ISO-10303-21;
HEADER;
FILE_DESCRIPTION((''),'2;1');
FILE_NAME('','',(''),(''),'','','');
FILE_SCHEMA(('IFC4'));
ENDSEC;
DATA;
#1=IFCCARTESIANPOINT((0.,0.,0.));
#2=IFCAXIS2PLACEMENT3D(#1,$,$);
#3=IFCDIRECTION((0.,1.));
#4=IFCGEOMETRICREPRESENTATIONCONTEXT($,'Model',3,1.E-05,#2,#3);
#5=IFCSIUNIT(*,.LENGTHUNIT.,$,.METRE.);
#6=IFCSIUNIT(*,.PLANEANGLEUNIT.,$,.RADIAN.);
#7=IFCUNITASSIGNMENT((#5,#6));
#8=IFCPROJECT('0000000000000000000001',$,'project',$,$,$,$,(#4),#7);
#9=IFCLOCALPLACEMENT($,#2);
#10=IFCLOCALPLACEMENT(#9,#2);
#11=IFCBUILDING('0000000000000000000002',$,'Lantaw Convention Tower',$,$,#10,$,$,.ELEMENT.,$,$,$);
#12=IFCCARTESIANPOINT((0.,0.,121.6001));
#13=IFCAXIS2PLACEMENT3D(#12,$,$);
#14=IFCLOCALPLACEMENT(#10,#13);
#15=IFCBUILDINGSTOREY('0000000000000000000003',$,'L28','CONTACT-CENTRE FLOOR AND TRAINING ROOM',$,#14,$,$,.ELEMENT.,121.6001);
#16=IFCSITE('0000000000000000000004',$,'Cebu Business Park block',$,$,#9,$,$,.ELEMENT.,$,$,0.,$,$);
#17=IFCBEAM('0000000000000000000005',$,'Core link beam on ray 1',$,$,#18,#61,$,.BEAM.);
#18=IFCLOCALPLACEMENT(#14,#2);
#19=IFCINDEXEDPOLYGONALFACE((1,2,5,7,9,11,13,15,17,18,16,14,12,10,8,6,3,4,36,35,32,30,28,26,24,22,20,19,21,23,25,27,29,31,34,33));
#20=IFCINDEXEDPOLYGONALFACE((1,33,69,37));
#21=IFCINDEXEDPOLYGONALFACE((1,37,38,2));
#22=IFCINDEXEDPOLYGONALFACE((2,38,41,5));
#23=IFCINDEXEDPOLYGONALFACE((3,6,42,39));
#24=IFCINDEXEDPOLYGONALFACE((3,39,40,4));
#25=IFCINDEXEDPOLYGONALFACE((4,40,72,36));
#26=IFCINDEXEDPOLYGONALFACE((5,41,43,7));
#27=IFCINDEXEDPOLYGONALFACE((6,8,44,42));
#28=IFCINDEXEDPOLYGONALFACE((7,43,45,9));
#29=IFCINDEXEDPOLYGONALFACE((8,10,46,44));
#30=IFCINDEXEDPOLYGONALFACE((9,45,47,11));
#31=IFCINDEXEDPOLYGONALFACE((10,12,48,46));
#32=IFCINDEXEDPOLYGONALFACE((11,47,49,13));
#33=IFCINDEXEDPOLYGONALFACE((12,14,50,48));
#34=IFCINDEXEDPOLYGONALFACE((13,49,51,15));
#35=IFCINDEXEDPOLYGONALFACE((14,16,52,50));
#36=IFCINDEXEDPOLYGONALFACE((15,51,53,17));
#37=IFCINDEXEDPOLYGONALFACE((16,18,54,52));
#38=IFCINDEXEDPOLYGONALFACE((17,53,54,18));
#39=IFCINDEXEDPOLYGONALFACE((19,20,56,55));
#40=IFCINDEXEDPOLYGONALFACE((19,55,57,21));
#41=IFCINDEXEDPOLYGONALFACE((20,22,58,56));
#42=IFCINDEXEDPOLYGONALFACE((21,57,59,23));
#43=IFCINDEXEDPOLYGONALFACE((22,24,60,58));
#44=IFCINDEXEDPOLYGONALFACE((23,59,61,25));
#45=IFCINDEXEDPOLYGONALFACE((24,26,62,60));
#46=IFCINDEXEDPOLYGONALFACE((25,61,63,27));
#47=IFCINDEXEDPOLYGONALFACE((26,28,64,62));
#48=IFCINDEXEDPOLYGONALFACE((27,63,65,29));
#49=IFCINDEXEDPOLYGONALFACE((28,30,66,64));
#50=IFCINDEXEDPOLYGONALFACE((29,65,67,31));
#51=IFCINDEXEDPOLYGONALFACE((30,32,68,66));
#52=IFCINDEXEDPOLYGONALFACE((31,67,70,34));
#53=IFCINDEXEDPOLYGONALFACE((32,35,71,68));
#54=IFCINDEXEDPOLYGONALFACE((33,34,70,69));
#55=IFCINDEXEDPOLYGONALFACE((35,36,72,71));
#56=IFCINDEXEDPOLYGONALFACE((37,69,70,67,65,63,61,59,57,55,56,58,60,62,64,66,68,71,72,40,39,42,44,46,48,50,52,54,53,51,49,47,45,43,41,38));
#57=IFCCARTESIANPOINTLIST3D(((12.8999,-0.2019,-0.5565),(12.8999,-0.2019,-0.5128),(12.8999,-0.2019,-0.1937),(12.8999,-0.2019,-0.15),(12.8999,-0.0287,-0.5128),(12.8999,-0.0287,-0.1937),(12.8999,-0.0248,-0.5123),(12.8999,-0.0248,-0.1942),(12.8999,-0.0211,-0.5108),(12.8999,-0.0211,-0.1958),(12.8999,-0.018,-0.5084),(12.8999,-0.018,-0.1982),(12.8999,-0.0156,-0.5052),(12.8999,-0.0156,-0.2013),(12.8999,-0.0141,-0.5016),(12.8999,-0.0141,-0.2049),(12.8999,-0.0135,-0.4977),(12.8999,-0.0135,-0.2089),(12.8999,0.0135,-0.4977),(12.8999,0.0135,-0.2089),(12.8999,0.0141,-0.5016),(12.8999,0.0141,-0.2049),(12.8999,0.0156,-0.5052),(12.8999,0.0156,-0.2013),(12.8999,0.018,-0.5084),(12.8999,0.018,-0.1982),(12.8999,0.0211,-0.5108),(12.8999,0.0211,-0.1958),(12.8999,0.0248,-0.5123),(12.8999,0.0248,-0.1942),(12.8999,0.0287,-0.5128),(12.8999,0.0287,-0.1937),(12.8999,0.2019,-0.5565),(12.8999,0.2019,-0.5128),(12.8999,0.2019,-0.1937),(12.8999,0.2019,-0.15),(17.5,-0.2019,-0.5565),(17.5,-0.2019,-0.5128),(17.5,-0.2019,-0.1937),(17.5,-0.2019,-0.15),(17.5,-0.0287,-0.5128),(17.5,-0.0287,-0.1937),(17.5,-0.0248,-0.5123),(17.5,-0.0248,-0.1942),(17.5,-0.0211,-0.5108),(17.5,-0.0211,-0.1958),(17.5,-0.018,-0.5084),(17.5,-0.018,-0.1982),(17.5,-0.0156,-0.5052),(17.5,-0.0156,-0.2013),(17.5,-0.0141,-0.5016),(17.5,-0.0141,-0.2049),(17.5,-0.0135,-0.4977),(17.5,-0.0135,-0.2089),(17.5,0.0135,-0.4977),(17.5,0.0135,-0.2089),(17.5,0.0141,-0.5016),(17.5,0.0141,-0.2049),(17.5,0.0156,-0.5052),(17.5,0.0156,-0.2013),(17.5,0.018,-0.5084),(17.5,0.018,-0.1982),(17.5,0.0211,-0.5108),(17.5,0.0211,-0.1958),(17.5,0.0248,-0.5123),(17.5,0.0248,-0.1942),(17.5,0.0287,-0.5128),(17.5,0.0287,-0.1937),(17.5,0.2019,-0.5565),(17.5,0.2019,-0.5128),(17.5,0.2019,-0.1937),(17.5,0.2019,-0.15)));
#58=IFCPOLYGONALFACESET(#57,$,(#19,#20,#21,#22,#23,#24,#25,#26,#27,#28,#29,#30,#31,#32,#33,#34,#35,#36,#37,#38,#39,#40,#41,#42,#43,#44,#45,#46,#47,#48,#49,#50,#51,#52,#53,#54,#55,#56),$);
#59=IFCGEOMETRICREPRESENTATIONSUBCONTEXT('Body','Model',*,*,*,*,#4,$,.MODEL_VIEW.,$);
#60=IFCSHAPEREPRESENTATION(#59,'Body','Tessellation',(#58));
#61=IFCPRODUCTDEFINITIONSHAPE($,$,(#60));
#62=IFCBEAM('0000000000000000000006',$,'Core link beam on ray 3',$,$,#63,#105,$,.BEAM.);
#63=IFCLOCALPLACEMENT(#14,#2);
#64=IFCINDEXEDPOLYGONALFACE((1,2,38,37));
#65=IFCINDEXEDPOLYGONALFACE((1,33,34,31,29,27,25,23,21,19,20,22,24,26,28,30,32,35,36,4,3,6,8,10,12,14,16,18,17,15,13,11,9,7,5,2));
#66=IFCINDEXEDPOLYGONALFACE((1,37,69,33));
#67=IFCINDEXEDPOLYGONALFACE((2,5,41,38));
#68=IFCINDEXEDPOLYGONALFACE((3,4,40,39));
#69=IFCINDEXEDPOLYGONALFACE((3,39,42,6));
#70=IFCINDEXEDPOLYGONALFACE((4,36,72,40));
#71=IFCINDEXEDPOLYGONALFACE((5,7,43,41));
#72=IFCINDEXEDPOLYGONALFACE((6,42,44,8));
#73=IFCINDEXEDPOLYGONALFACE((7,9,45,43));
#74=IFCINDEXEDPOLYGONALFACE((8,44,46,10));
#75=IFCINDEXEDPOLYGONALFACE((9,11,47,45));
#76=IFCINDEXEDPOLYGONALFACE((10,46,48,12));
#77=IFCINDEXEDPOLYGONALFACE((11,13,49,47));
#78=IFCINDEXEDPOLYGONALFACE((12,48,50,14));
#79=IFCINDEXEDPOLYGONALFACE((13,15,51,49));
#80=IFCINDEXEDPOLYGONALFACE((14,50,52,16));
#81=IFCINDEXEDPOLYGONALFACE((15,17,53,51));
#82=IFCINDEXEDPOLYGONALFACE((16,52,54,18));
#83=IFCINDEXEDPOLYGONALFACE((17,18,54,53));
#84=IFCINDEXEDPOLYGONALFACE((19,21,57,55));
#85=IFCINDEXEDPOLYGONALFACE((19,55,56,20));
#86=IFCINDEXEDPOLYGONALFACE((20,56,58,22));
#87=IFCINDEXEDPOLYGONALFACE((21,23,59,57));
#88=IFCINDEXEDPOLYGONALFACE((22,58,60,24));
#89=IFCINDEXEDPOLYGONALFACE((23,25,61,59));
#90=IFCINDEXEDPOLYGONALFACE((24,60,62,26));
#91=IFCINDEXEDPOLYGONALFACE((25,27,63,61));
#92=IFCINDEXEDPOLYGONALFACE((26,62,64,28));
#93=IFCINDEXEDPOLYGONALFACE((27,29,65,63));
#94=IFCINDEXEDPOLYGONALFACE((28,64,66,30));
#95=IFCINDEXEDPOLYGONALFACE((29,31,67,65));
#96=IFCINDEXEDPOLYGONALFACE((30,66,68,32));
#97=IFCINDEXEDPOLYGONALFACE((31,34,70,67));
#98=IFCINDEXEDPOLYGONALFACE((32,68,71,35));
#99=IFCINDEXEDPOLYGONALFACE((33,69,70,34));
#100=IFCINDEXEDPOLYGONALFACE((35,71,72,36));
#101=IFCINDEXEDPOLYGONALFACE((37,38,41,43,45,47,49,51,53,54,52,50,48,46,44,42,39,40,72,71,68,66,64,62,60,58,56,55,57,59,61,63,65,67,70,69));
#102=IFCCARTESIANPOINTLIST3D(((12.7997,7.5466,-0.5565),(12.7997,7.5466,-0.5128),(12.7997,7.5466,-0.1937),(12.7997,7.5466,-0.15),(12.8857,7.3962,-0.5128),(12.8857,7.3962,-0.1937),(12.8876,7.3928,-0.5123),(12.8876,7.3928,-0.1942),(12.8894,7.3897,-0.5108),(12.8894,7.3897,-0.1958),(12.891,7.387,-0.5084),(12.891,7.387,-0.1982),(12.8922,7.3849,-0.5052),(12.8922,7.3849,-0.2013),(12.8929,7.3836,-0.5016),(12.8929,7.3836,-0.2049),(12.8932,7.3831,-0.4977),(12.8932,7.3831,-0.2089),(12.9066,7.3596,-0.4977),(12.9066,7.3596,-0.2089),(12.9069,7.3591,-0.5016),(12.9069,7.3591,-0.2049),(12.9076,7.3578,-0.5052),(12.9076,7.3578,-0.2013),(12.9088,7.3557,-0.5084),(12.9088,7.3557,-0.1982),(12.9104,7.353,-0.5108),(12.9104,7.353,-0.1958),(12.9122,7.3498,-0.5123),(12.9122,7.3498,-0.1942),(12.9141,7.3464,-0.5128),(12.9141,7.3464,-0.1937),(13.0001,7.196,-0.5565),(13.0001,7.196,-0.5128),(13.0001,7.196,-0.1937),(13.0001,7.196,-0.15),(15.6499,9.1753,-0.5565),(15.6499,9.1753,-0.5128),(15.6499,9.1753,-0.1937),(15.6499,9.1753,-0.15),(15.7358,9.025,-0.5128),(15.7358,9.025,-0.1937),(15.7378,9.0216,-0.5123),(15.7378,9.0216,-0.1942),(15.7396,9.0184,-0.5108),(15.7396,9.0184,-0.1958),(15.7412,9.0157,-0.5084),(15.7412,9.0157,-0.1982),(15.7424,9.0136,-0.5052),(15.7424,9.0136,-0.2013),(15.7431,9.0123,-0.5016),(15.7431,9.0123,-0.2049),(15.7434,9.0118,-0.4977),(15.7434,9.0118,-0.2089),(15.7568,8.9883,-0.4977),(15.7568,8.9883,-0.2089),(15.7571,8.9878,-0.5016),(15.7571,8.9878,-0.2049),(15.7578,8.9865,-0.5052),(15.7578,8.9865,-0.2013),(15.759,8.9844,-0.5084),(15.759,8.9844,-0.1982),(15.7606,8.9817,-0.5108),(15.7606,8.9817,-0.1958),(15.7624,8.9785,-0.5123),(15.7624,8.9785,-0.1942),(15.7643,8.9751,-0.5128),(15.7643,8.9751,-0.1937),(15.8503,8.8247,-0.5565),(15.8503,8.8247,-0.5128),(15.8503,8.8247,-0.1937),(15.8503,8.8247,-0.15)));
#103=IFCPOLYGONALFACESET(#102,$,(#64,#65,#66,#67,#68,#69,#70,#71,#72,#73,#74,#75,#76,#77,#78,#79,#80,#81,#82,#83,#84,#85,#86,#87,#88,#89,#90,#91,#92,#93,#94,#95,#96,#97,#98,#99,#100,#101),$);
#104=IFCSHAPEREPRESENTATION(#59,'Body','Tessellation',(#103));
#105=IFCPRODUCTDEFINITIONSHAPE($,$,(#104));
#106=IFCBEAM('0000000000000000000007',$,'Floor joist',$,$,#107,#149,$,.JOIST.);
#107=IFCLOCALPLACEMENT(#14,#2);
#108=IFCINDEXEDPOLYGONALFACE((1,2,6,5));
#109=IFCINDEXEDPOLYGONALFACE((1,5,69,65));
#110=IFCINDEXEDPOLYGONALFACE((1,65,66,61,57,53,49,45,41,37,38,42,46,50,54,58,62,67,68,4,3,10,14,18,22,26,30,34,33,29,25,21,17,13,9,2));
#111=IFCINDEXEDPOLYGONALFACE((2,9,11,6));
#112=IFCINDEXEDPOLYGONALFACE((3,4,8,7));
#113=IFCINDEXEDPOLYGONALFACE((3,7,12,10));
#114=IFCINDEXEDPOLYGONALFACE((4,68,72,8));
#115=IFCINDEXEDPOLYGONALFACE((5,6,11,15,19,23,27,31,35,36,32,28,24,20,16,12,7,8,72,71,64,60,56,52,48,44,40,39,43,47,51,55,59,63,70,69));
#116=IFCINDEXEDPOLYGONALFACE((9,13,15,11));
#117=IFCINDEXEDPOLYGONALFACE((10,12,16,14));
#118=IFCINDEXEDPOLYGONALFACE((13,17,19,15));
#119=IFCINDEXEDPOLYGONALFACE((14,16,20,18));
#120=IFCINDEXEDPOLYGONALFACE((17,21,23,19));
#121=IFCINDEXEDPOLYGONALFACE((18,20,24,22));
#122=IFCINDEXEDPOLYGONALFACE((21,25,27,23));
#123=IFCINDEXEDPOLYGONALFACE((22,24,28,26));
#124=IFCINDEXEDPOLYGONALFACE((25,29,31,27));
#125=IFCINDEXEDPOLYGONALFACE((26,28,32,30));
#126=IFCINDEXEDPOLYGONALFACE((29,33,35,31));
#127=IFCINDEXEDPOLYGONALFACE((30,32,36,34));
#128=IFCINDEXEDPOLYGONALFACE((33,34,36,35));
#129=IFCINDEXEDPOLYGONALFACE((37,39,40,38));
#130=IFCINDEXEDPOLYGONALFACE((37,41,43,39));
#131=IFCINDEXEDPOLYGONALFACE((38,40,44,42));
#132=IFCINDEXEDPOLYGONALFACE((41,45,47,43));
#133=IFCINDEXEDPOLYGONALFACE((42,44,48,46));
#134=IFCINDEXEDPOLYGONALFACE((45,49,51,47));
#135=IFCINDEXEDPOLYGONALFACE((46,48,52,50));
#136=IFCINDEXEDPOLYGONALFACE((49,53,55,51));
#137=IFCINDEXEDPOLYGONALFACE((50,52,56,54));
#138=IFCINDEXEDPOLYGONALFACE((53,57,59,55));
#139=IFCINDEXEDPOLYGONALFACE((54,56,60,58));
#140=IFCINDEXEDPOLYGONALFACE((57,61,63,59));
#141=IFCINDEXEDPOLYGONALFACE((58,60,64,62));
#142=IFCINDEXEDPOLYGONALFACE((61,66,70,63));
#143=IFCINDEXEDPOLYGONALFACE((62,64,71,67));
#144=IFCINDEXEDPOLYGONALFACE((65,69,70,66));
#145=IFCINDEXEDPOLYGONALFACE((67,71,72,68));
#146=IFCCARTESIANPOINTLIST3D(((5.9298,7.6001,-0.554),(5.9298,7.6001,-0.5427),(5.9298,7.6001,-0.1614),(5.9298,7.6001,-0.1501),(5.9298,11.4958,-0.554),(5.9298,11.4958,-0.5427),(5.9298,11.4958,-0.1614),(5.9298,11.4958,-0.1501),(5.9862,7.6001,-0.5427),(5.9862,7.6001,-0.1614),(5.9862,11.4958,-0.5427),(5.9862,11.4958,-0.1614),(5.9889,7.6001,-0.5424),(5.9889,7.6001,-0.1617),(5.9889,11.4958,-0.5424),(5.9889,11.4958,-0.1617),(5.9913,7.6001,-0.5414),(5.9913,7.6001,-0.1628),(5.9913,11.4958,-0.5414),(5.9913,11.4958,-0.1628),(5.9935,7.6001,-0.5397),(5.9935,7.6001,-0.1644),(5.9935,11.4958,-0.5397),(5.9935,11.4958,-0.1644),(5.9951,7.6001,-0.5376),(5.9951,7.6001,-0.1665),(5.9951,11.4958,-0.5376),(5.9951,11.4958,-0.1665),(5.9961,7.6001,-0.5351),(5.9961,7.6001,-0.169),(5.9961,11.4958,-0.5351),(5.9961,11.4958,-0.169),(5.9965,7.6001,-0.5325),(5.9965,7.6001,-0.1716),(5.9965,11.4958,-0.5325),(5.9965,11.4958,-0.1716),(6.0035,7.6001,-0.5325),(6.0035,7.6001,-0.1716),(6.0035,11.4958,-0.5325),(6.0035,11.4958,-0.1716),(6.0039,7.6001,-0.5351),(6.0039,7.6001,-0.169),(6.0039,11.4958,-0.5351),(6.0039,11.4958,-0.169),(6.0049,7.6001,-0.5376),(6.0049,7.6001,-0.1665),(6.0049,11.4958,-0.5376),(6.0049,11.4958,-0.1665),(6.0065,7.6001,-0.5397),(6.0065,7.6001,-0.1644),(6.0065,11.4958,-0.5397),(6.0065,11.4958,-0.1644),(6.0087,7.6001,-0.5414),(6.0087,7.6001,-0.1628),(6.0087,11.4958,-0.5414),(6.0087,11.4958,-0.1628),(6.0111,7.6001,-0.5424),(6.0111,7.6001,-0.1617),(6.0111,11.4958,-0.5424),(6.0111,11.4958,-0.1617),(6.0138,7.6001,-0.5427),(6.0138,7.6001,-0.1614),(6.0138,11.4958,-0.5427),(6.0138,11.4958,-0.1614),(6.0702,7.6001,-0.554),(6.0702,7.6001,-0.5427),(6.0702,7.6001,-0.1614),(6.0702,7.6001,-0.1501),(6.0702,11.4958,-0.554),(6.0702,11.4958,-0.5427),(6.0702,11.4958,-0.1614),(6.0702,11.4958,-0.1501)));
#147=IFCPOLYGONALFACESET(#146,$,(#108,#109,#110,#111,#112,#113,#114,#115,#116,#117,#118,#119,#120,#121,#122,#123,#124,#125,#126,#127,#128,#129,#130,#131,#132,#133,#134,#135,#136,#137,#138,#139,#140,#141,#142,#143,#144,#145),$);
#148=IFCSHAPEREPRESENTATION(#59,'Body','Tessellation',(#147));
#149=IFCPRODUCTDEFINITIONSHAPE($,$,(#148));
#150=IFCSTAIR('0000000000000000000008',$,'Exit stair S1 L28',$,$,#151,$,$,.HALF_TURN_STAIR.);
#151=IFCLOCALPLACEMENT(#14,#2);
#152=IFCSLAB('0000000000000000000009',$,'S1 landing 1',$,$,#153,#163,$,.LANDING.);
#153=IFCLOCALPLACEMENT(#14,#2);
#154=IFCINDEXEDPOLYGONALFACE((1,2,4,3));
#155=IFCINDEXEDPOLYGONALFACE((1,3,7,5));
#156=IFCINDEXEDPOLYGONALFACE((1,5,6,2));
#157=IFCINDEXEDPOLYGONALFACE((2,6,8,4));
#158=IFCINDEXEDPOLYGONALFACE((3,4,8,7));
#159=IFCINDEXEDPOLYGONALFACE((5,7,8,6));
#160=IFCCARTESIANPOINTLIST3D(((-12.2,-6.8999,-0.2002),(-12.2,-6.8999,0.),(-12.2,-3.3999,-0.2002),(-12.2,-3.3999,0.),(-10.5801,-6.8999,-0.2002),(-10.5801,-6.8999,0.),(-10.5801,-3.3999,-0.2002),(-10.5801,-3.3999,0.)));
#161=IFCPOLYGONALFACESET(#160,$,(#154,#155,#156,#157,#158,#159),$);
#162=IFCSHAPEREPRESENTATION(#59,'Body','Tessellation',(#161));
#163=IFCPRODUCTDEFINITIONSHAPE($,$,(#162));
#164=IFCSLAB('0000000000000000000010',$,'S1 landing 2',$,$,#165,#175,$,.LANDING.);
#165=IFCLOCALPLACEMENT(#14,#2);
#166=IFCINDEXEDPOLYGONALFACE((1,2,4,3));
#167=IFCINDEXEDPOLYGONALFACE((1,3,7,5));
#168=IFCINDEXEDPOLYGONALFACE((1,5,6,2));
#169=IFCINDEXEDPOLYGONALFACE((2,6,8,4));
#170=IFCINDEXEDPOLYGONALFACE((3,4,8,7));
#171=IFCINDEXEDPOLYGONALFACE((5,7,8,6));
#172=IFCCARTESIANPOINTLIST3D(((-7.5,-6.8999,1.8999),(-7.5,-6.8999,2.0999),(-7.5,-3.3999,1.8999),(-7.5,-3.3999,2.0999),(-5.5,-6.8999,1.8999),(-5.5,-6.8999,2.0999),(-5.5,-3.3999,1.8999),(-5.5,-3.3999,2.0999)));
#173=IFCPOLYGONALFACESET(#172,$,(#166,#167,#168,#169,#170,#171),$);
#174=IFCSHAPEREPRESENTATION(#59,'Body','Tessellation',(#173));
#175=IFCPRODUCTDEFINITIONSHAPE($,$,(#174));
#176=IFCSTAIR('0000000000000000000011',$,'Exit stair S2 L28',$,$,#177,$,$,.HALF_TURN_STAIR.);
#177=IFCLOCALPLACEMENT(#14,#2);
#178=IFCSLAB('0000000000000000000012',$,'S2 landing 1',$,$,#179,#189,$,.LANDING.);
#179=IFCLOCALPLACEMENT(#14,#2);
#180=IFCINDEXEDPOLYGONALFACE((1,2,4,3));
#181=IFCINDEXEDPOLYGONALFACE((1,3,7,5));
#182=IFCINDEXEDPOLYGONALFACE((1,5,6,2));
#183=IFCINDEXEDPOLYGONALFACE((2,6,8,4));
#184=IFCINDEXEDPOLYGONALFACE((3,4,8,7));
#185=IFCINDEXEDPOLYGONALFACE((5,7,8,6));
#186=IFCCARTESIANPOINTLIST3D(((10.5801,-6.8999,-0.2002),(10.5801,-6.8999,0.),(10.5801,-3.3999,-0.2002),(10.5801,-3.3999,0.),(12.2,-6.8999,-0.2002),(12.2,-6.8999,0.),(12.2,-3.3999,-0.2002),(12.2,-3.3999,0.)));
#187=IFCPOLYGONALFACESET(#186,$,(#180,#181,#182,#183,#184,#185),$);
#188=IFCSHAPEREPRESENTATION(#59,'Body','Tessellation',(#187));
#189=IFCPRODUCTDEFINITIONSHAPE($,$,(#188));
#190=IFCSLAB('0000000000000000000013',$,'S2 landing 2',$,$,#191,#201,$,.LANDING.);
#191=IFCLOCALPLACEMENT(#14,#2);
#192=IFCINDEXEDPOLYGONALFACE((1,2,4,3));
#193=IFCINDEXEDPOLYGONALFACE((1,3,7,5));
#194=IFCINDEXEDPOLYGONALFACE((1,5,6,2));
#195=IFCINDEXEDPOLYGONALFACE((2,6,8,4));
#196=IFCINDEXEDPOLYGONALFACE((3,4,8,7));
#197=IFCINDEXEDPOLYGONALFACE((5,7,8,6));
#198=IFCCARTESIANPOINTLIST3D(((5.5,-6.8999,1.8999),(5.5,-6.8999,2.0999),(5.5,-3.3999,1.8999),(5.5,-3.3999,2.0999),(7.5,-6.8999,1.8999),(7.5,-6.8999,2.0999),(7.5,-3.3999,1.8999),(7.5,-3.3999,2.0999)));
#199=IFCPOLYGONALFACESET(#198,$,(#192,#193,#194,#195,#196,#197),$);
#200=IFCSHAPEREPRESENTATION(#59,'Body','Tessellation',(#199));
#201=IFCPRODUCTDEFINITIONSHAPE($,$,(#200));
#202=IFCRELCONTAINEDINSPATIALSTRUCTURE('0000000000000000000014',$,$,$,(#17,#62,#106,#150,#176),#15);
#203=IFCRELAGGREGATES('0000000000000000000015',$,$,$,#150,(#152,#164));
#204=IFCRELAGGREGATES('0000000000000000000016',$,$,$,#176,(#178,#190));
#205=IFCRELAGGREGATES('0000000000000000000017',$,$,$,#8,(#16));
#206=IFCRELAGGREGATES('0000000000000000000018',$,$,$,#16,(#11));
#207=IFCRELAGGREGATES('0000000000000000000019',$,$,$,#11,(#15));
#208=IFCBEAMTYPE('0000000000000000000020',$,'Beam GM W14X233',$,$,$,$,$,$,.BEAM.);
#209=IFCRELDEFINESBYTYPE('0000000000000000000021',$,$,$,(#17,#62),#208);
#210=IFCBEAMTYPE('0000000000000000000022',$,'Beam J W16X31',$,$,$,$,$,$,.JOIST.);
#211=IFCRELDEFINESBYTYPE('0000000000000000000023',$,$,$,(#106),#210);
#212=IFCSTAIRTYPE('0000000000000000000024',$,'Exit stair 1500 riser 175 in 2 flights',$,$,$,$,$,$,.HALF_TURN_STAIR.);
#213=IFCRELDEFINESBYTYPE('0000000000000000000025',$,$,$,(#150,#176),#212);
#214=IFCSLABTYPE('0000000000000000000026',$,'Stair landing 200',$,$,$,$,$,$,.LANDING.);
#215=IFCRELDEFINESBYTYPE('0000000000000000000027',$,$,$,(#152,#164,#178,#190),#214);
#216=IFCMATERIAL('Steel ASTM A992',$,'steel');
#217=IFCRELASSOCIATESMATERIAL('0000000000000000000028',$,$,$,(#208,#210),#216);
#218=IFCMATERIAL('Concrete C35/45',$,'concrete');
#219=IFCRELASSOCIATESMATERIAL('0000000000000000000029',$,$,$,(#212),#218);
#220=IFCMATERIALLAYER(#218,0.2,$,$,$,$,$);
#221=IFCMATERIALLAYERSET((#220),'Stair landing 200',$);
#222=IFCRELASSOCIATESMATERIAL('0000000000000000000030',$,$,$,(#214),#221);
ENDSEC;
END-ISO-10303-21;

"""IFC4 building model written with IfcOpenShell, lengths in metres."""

from ifc_helpers import new_model, si_unit, direction, frame, origin, origin_2d, place, context, subcontext, project, spatial, polyline, i_section, outline, extrude, material, layer, layer_set, material_profile, profile_set, type_object, element, aggregate, save


model = new_model("IFC4")

# Units and contexts
model_context = context("Model", 3, precision=1e-05, world=origin(), true_north=direction((0.0, 1.0)))
body_context = subcontext(model_context, "Body", "Model", "MODEL_VIEW")
ifc_project = project(units=[si_unit("LENGTHUNIT", "METRE"), si_unit("PLANEANGLEUNIT", "RADIAN")], contexts=[model_context])

# Site, building, storey
site_placement = place(None, origin())
site = spatial("IfcSite", under=ifc_project, at=site_placement, Name="Cebu Business Park block", CompositionType="ELEMENT", RefElevation=0.0)
building_placement = place(site_placement, origin())
building = spatial("IfcBuilding", under=site, at=building_placement, Name="Lantaw Convention Tower", CompositionType="ELEMENT")
storey_placement = place(building_placement, frame((0.0, 0.0, 121.6001)))
storey = spatial("IfcBuildingStorey", under=building, at=storey_placement, Name="L28", Description="CONTACT-CENTRE FLOOR AND TRAINING ROOM", CompositionType="ELEMENT", Elevation=121.6001)

# Beams
ifc_material_1 = material(Name="Steel ASTM A992", Category="steel")
ifc_material_profile_1 = material_profile(ifc_material_1, i_section(OverallWidth=0.4038, OverallDepth=0.4065, WebThickness=0.0271, FlangeThickness=0.0437, FilletRadius=0.0151, at=origin_2d()), Name="W14X233")
ifc_profile_set_1 = profile_set([ifc_material_profile_1], Name="Steel ASTM A992")
beam_type_1 = type_object("IfcBeamType", Name="Beam GM W14X233", PredefinedType="BEAM", material=ifc_profile_set_1)
beam_1_placement = place(storey_placement, frame((12.8999, 0.0, -0.3533), z_axis=(1.0, 0.0, 0.0), x_axis=(0.0, 1.0, 0.0)))
element("IfcBeam", 1, at=beam_1_placement, inside=storey, type_object=beam_type_1, Name="Core link beam on ray 1", PredefinedType="BEAM", context=body_context, shape_type="SweptSolid", body=[
    extrude(i_section(OverallWidth=0.4038, OverallDepth=0.4065, WebThickness=0.0271, FlangeThickness=0.0437, FilletRadius=0.0151, at=origin_2d()), origin(), (0.0, 0.0, 1.0), 4.6001),
])
beam_2_placement = place(storey_placement, frame((12.8999, 7.3713, -0.3533), z_axis=(0.868239, 0.496147, 0.0), x_axis=(-0.496147, 0.868239, 0.0)))
element("IfcBeam", 2, at=beam_2_placement, inside=storey, type_object=beam_type_1, Name="Core link beam on ray 3", PredefinedType="BEAM", context=body_context, shape_type="SweptSolid", body=[
    extrude(i_section(OverallWidth=0.4038, OverallDepth=0.4065, WebThickness=0.0271, FlangeThickness=0.0437, FilletRadius=0.0151, at=origin_2d()), origin(), (0.0, 0.0, 1.0), 3.2827),
])
ifc_material_profile_2 = material_profile(ifc_material_1, i_section(OverallWidth=0.1404, OverallDepth=0.4038, WebThickness=0.0071, FlangeThickness=0.0112, FilletRadius=0.0103, at=origin_2d()), Name="W16X31")
ifc_profile_set_2 = profile_set([ifc_material_profile_2], Name="Steel ASTM A992")
beam_type_2 = type_object("IfcBeamType", Name="Beam J W16X31", PredefinedType="JOIST", material=ifc_profile_set_2)
beam_3_placement = place(storey_placement, frame((6.0, 7.6001, -0.3521), z_axis=(0.0, 1.0, 0.0), x_axis=(-1.0, 0.0, 0.0)))
element("IfcBeam", 3, at=beam_3_placement, inside=storey, type_object=beam_type_2, Name="Floor joist", PredefinedType="JOIST", context=body_context, shape_type="SweptSolid", body=[
    extrude(i_section(OverallWidth=0.1404, OverallDepth=0.4038, WebThickness=0.0071, FlangeThickness=0.0112, FilletRadius=0.0103, at=origin_2d()), origin(), (0.0, 0.0, 1.0), 3.8958),
])

# Stairs, slabs
ifc_material_2 = material(Name="Concrete C35/45", Category="concrete")
stair_type = type_object("IfcStairType", Name="Exit stair 1500 riser 175 in 2 flights", PredefinedType="HALF_TURN_STAIR", material=ifc_material_2)
stair_1_placement = place(storey_placement, origin())
stair_1 = element("IfcStair", 4, at=stair_1_placement, inside=storey, type_object=stair_type, Name="Exit stair S1 L28", PredefinedType="HALF_TURN_STAIR")
ifc_layer_1 = layer(ifc_material_2, 0.2)
ifc_layer_set_1 = layer_set([ifc_layer_1], Name="Stair landing 200")
slab_type = type_object("IfcSlabType", Name="Stair landing 200", PredefinedType="LANDING", material=ifc_layer_set_1)
slab_1_placement = place(storey_placement, frame((0.0, 0.0, -0.2002)))
slab_1 = element("IfcSlab", 5, at=slab_1_placement, type_object=slab_type, Name="S1 landing 1", PredefinedType="LANDING", context=body_context, shape_type="SweptSolid", body=[
    extrude(outline(polyline([(-12.2, -6.8999), (-10.5801, -6.8999), (-10.5801, -3.3999), (-12.2, -3.3999), (-12.2, -6.8999)])), origin(), (0.0, 0.0, 1.0), 0.2002),
])
slab_2_placement = place(storey_placement, frame((0.0, 0.0, 1.8999)))
slab_2 = element("IfcSlab", 6, at=slab_2_placement, type_object=slab_type, Name="S1 landing 2", PredefinedType="LANDING", context=body_context, shape_type="SweptSolid", body=[
    extrude(outline(polyline([(-7.5, -6.8999), (-5.5, -6.8999), (-5.5, -3.3999), (-7.5, -3.3999), (-7.5, -6.8999)])), origin(), (0.0, 0.0, 1.0), 0.2),
])
aggregate(stair_1, [slab_1, slab_2])
stair_2_placement = place(storey_placement, origin())
stair_2 = element("IfcStair", 7, at=stair_2_placement, inside=storey, type_object=stair_type, Name="Exit stair S2 L28", PredefinedType="HALF_TURN_STAIR")
slab_3_placement = place(storey_placement, frame((0.0, 0.0, -0.2002)))
slab_3 = element("IfcSlab", 8, at=slab_3_placement, type_object=slab_type, Name="S2 landing 1", PredefinedType="LANDING", context=body_context, shape_type="SweptSolid", body=[
    extrude(outline(polyline([(10.5801, -6.8999), (12.2, -6.8999), (12.2, -3.3999), (10.5801, -3.3999), (10.5801, -6.8999)])), origin(), (0.0, 0.0, 1.0), 0.2002),
])
slab_4_placement = place(storey_placement, frame((0.0, 0.0, 1.8999)))
slab_4 = element("IfcSlab", 9, at=slab_4_placement, type_object=slab_type, Name="S2 landing 2", PredefinedType="LANDING", context=body_context, shape_type="SweptSolid", body=[
    extrude(outline(polyline([(5.5, -6.8999), (7.5, -6.8999), (7.5, -3.3999), (5.5, -3.3999), (5.5, -6.8999)])), origin(), (0.0, 0.0, 1.0), 0.2),
])
aggregate(stair_2, [slab_3, slab_4])

save(model, "model.ifc")
